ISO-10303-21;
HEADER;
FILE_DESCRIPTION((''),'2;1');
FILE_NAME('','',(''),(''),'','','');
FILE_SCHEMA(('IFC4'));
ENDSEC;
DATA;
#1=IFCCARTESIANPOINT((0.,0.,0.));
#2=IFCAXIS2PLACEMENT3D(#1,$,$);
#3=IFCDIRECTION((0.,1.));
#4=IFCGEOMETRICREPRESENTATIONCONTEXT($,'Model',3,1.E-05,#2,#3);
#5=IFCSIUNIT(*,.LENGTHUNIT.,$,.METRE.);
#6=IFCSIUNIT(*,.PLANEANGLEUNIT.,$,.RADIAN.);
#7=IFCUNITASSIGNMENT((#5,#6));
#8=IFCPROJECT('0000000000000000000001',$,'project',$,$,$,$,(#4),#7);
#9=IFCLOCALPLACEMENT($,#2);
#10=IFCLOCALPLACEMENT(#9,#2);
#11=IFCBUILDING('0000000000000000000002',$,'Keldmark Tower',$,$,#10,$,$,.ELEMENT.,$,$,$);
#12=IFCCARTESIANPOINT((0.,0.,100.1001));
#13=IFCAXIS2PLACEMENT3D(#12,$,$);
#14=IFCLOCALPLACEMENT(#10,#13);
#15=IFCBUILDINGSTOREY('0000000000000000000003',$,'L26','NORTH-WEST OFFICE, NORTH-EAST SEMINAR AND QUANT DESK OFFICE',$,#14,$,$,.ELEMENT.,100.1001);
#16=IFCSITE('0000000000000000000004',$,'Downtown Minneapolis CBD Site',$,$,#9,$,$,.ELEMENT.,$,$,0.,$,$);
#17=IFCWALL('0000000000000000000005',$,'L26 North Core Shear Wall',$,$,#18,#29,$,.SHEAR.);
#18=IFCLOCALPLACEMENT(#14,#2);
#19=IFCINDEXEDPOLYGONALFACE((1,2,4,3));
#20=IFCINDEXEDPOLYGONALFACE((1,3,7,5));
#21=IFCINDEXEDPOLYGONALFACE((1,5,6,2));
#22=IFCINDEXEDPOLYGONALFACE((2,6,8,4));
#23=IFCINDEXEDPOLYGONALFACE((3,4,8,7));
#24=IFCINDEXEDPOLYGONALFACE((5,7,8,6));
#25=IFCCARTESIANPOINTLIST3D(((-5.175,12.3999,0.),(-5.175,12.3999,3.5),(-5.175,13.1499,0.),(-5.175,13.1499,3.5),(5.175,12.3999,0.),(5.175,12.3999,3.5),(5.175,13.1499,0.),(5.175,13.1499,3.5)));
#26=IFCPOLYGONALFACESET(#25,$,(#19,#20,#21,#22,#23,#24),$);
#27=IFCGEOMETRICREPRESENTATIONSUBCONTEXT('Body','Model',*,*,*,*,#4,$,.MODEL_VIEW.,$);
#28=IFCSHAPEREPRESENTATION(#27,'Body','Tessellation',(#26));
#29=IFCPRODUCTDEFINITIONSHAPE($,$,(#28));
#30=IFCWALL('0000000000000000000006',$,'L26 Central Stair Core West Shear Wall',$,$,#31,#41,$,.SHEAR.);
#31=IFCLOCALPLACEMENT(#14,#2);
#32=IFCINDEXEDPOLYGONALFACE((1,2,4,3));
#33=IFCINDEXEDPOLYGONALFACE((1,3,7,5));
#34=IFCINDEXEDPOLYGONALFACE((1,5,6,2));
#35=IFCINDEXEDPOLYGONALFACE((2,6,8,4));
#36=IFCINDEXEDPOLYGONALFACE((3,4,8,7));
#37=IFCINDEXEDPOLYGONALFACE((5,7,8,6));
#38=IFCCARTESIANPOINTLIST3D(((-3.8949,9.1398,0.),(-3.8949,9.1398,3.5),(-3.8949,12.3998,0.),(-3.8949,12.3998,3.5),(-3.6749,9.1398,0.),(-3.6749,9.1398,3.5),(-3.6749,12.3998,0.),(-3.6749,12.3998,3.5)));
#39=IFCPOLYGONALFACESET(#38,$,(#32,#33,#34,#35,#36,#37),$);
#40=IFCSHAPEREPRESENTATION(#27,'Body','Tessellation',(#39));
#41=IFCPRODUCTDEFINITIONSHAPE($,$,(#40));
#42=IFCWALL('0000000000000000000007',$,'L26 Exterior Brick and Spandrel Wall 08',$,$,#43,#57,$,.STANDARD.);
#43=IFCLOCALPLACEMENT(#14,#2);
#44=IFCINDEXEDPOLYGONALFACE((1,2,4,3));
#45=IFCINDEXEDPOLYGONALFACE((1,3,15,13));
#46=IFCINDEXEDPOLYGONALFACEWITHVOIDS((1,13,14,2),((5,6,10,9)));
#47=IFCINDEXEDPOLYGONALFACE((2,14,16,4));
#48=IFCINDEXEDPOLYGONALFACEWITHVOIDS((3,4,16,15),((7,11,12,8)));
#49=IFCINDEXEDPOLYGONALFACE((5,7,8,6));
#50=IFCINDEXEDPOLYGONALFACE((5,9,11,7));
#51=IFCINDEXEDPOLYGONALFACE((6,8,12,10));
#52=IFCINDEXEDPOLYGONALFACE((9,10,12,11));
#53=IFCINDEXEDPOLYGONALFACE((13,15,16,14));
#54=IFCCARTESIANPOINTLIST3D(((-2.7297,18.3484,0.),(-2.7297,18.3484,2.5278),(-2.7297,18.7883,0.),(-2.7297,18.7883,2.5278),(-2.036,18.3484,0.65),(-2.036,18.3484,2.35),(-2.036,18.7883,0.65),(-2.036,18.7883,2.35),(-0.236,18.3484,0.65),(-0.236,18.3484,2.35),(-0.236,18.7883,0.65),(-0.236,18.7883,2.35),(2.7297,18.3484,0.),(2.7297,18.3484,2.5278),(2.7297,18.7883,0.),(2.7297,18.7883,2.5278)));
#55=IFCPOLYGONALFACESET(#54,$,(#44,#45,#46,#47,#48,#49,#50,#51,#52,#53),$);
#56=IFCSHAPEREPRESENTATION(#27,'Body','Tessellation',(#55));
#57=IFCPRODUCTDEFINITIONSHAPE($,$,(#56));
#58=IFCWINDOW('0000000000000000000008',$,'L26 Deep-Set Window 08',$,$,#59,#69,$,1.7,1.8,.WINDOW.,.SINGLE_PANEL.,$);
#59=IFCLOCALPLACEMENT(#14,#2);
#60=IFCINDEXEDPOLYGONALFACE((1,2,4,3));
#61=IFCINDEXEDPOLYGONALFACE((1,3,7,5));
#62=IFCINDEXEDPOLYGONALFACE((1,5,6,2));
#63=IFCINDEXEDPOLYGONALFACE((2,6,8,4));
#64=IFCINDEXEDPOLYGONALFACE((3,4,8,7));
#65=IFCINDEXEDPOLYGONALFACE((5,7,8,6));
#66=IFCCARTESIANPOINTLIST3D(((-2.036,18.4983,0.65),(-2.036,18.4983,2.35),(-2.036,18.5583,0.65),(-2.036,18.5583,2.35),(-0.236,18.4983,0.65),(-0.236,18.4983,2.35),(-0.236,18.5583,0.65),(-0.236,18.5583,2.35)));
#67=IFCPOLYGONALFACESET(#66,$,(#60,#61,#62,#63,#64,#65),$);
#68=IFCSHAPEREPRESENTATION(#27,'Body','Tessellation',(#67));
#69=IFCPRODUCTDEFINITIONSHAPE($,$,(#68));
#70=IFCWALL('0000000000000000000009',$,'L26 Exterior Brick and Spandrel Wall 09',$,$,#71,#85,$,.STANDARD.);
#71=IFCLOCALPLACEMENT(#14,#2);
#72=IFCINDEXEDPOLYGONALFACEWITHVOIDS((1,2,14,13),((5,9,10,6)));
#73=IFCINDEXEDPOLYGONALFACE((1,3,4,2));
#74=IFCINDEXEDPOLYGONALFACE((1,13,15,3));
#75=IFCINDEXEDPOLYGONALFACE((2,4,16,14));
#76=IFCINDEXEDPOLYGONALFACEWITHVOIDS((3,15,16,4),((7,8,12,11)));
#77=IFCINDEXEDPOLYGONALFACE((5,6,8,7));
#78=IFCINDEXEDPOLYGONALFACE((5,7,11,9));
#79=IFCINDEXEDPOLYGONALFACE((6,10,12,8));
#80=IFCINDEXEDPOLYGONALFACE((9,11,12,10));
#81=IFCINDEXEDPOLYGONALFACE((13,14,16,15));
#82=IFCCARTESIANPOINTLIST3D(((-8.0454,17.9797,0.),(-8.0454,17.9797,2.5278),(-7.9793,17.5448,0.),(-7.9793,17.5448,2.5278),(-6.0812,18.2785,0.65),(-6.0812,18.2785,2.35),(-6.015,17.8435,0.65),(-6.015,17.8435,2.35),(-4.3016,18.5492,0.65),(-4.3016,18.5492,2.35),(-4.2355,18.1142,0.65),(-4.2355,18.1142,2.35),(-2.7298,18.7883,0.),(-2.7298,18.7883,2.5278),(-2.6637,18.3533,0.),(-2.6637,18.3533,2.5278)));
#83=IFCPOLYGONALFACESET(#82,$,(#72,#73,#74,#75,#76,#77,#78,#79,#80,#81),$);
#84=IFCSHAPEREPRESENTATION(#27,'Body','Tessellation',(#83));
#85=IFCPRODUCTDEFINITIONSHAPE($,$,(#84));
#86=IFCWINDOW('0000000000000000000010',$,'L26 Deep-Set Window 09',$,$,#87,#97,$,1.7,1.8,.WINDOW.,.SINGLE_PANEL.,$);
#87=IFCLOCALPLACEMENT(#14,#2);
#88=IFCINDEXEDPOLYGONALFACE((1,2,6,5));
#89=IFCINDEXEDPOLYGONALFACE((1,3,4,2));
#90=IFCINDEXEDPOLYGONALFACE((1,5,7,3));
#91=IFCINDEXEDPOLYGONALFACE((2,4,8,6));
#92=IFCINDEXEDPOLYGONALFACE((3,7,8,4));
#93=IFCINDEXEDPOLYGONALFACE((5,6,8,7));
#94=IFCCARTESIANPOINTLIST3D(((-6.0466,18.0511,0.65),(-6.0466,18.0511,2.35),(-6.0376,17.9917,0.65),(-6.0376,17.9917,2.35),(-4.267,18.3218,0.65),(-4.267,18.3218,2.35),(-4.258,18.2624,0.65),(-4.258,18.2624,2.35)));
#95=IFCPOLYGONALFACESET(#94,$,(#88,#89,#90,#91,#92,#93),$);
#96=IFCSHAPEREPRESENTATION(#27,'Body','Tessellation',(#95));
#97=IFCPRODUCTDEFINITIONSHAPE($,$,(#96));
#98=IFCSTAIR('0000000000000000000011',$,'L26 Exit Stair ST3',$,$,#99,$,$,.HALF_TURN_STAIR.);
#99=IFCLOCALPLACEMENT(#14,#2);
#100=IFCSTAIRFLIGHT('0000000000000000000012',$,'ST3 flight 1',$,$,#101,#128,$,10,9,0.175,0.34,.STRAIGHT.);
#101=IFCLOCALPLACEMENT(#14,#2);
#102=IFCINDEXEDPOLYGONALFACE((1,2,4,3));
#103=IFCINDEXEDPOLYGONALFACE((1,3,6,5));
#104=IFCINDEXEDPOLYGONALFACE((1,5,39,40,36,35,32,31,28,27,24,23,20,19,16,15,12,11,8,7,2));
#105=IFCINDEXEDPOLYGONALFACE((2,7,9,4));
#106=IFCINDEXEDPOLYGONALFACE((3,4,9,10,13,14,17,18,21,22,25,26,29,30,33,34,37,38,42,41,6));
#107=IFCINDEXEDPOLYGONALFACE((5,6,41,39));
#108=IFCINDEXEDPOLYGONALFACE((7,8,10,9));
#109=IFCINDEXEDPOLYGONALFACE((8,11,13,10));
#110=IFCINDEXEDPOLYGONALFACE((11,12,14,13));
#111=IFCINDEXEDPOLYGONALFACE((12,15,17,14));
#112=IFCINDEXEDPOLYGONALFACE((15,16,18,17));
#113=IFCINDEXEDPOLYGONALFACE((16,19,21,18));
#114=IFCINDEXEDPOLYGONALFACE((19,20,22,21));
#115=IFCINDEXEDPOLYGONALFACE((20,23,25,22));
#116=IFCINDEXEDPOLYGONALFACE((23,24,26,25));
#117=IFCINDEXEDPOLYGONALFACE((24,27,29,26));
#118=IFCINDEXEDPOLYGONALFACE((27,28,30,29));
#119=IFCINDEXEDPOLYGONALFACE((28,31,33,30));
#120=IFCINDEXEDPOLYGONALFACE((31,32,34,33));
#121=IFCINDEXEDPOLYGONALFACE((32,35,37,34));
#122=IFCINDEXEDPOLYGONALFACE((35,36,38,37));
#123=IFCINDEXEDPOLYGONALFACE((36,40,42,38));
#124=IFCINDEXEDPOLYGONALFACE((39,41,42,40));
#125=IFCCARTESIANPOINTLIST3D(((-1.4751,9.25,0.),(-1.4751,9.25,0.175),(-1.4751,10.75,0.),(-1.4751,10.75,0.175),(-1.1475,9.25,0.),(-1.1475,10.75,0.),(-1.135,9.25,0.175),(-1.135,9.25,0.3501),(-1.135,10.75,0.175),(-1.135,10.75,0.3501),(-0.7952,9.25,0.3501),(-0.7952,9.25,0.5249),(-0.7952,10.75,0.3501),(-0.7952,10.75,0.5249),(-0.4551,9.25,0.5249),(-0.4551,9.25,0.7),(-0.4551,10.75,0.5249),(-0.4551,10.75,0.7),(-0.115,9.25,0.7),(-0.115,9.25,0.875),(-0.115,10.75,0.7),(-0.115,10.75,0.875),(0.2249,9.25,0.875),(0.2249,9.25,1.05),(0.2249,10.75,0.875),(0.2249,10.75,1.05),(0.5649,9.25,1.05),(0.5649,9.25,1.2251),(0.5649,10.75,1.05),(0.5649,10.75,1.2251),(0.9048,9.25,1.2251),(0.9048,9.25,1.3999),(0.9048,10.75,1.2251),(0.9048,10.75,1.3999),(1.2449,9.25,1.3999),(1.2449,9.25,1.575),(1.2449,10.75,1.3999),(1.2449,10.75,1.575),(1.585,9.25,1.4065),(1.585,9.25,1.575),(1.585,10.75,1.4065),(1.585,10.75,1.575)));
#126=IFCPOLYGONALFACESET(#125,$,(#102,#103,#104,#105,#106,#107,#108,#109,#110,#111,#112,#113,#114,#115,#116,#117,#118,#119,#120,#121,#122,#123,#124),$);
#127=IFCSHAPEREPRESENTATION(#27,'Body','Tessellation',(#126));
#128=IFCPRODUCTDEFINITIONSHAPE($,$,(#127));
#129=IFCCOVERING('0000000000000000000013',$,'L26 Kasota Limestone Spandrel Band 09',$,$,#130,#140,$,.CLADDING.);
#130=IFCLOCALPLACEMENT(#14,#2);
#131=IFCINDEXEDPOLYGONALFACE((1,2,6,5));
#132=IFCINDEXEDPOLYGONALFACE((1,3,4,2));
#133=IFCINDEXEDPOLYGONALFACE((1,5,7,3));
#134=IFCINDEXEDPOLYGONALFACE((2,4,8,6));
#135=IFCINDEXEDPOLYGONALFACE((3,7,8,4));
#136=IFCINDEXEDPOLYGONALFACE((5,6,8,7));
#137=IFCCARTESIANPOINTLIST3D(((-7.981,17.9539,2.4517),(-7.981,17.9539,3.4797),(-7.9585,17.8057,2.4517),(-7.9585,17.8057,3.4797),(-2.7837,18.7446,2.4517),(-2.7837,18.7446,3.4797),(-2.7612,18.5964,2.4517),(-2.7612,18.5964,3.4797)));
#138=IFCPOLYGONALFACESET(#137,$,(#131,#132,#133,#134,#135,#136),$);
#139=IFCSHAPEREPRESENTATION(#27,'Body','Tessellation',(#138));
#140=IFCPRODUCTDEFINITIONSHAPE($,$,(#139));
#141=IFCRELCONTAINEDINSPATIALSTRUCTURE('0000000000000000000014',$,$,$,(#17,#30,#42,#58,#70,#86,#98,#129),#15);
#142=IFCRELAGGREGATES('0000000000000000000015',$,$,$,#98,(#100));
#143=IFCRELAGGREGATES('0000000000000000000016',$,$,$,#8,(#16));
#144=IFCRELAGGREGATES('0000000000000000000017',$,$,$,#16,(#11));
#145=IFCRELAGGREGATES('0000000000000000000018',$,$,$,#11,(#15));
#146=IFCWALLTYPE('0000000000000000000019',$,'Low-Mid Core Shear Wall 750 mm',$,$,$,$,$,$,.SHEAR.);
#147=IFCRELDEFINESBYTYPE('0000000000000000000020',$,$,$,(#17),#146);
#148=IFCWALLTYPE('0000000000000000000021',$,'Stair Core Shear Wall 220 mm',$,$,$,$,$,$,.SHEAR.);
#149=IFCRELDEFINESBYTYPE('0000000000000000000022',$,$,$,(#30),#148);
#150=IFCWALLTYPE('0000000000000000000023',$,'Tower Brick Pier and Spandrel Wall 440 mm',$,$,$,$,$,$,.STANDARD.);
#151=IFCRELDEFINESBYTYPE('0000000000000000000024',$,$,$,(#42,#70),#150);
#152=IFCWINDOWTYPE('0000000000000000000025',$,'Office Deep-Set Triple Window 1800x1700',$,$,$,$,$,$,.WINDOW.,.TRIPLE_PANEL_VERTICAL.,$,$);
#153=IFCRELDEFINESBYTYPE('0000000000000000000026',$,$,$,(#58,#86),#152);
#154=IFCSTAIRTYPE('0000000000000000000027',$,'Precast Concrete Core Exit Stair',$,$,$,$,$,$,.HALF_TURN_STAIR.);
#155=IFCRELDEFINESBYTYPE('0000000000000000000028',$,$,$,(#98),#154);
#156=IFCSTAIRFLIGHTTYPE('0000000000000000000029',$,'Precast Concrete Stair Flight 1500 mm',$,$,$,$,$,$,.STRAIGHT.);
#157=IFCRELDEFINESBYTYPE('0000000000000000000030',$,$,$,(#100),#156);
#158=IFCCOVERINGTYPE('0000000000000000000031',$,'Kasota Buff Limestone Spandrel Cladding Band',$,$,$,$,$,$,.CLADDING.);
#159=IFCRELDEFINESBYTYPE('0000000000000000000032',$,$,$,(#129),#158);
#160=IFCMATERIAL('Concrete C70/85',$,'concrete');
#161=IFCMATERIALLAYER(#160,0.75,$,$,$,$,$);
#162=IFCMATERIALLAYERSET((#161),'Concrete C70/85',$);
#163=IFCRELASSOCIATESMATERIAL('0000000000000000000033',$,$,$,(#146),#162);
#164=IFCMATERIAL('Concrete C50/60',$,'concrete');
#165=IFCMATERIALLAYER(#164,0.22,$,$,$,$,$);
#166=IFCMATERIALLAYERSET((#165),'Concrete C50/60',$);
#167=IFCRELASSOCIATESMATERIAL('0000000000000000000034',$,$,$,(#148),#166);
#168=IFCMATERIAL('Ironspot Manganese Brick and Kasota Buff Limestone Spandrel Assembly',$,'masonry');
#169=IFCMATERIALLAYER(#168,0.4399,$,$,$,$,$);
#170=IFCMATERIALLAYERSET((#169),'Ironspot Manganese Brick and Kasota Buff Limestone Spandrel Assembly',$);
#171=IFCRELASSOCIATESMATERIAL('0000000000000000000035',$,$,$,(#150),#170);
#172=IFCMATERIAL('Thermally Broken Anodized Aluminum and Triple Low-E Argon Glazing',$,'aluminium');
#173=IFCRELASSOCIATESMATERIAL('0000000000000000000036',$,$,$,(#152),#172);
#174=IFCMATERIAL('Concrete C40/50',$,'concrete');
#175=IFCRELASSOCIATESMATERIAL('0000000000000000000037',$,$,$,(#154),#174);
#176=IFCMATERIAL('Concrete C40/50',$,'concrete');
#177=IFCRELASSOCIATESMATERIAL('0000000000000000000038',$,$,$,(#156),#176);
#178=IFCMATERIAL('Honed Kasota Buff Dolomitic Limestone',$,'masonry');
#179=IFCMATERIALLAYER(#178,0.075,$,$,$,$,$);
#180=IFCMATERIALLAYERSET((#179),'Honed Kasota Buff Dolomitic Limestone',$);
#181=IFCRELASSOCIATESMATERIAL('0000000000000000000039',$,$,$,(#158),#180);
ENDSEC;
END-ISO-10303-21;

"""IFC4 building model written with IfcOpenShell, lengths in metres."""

from ifc_helpers import new_model, si_unit, direction, frame, frame_2d, origin, origin_2d, place, context, subcontext, project, spatial, polyline, rectangle, outline, extrude, material, layer, layer_set, type_object, element, fill, aggregate, save


model = new_model("IFC4")

# Units and contexts
model_context = context("Model", 3, precision=1e-05, world=origin(), true_north=direction((0.0, 1.0)))
body_context = subcontext(model_context, "Body", "Model", "MODEL_VIEW")
ifc_project = project(units=[si_unit("LENGTHUNIT", "METRE"), si_unit("PLANEANGLEUNIT", "RADIAN")], contexts=[model_context])

# Site, building, storey
site_placement = place(None, origin())
site = spatial("IfcSite", under=ifc_project, at=site_placement, Name="Downtown Minneapolis CBD Site", CompositionType="ELEMENT", RefElevation=0.0)
building_placement = place(site_placement, origin())
building = spatial("IfcBuilding", under=site, at=building_placement, Name="Keldmark Tower", CompositionType="ELEMENT")
storey_placement = place(building_placement, frame((0.0, 0.0, 100.1001)))
storey = spatial("IfcBuildingStorey", under=building, at=storey_placement, Name="L26", Description="NORTH-WEST OFFICE, NORTH-EAST SEMINAR AND QUANT DESK OFFICE", CompositionType="ELEMENT", Elevation=100.1001)

# Walls
ifc_material_1 = material(Name="Concrete C70/85", Category="concrete")
ifc_layer_1 = layer(ifc_material_1, 0.75)
ifc_layer_set_1 = layer_set([ifc_layer_1], Name="Concrete C70/85")
wall_type_1 = type_object("IfcWallType", Name="Low-Mid Core Shear Wall 750 mm", PredefinedType="SHEAR", material=ifc_layer_set_1)
wall_1_placement = place(storey_placement, frame((-5.175, 12.7749, 0.0), z_axis=(0.0, 0.0, 1.0), x_axis=(1.0, 0.0, 0.0)))
element("IfcWall", 1, at=wall_1_placement, inside=storey, type_object=wall_type_1, Name="L26 North Core Shear Wall", PredefinedType="SHEAR", context=body_context, shape_type="SweptSolid", body=[
    extrude(rectangle(XDim=10.3501, YDim=0.75, at=frame_2d((5.175, 0.0))), origin(), (0.0, 0.0, 1.0), 3.5),
])
ifc_material_2 = material(Name="Concrete C50/60", Category="concrete")
ifc_layer_2 = layer(ifc_material_2, 0.22)
ifc_layer_set_2 = layer_set([ifc_layer_2], Name="Concrete C50/60")
wall_type_2 = type_object("IfcWallType", Name="Stair Core Shear Wall 220 mm", PredefinedType="SHEAR", material=ifc_layer_set_2)
wall_2_placement = place(storey_placement, frame((-3.7849, 9.1399, 0.0), z_axis=(0.0, 0.0, 1.0), x_axis=(0.0, 1.0, 0.0)))
element("IfcWall", 2, at=wall_2_placement, inside=storey, type_object=wall_type_2, Name="L26 Central Stair Core West Shear Wall", PredefinedType="SHEAR", context=body_context, shape_type="SweptSolid", body=[
    extrude(rectangle(XDim=3.26, YDim=0.22, at=frame_2d((1.6299, 0.0))), origin(), (0.0, 0.0, 1.0), 3.5),
])

# Walls, openings, windows
ifc_material_3 = material(Name="Ironspot Manganese Brick and Kasota Buff Limestone Spandrel Assembly", Category="masonry")
ifc_layer_3 = layer(ifc_material_3, 0.4399)
ifc_layer_set_3 = layer_set([ifc_layer_3], Name="Ironspot Manganese Brick and Kasota Buff Limestone Spandrel Assembly")
wall_type_3 = type_object("IfcWallType", Name="Tower Brick Pier and Spandrel Wall 440 mm", PredefinedType="STANDARD", material=ifc_layer_set_3)
wall_3_placement = place(storey_placement, frame((-2.7297, 18.5684, 0.0), z_axis=(0.0, 0.0, 1.0), x_axis=(1.0, 0.0, 0.0)))
wall_3 = element("IfcWall", 3, at=wall_3_placement, inside=storey, type_object=wall_type_3, Name="L26 Exterior Brick and Spandrel Wall 08", PredefinedType="STANDARD", context=body_context, shape_type="SweptSolid", body=[
    extrude(rectangle(XDim=5.4595, YDim=0.4399, at=frame_2d((2.7297, 0.0))), origin(), (0.0, 0.0, 1.0), 2.5278),
])
opening_1_placement = place(wall_3_placement, frame((0.6938, 0.0, 0.6499)))
opening_1 = element("IfcOpeningElement", 4, at=opening_1_placement, cuts=wall_3, PredefinedType="OPENING", context=body_context, shape_type="SweptSolid", body=[
    extrude(rectangle(XDim=1.8, YDim=1.7, at=frame_2d((0.8999, 0.8501))), frame((0.0, 0.23, 0.0), z_axis=(0.0, -1.0, 0.0), x_axis=(1.0, 0.0, 0.0)), (0.0, 0.0, 1.0), 0.46),
])
ifc_material_4 = material(Name="Thermally Broken Anodized Aluminum and Triple Low-E Argon Glazing", Category="aluminium")
window_type = type_object("IfcWindowType", Name="Office Deep-Set Triple Window 1800x1700", PartitioningType="TRIPLE_PANEL_VERTICAL", PredefinedType="WINDOW", material=ifc_material_4)
window_1_placement = place(opening_1_placement, origin())
window_1 = element("IfcWindow", 5, at=window_1_placement, inside=storey, type_object=window_type, Name="L26 Deep-Set Window 08", OverallHeight=1.7, OverallWidth=1.8, PartitioningType="SINGLE_PANEL", PredefinedType="WINDOW", context=body_context, shape_type="SweptSolid", body=[
    extrude(rectangle(XDim=1.8, YDim=1.7, at=frame_2d((0.8999, 0.8501))), frame((0.0, -0.01, 0.0), z_axis=(0.0, -1.0, 0.0), x_axis=(1.0, 0.0, 0.0)), (0.0, 0.0, 1.0), 0.0601),
])
fill(opening_1, window_1)
wall_4_placement = place(storey_placement, frame((-8.0125, 17.7622, 0.0), z_axis=(0.0, 0.0, 1.0), x_axis=(0.988627, 0.150385, 0.0)))
wall_4 = element("IfcWall", 6, at=wall_4_placement, inside=storey, type_object=wall_type_3, Name="L26 Exterior Brick and Spandrel Wall 09", PredefinedType="STANDARD", context=body_context, shape_type="SweptSolid", body=[
    extrude(rectangle(XDim=5.3767, YDim=0.4399, at=frame_2d((2.6885, 0.0))), origin(), (0.0, 0.0, 1.0), 2.5278),
])
opening_2_placement = place(wall_4_placement, frame((1.9871, 0.0, 0.6499)))
opening_2 = element("IfcOpeningElement", 7, at=opening_2_placement, cuts=wall_4, PredefinedType="OPENING", context=body_context, shape_type="SweptSolid", body=[
    extrude(rectangle(XDim=1.8, YDim=1.7, at=frame_2d((0.8999, 0.8501))), frame((0.0, 0.23, 0.0), z_axis=(0.0, -1.0, 0.0), x_axis=(1.0, 0.0, 0.0)), (0.0, 0.0, 1.0), 0.46),
])
window_2_placement = place(opening_2_placement, origin())
window_2 = element("IfcWindow", 8, at=window_2_placement, inside=storey, type_object=window_type, Name="L26 Deep-Set Window 09", OverallHeight=1.7, OverallWidth=1.8, PartitioningType="SINGLE_PANEL", PredefinedType="WINDOW", context=body_context, shape_type="SweptSolid", body=[
    extrude(rectangle(XDim=1.8, YDim=1.7, at=frame_2d((0.8999, 0.8501))), frame((0.0, -0.01, 0.0), z_axis=(0.0, -1.0, 0.0), x_axis=(1.0, 0.0, 0.0)), (0.0, 0.0, 1.0), 0.0601),
])
fill(opening_2, window_2)

# Stair, stair flight
ifc_material_5 = material(Name="Concrete C40/50", Category="concrete")
stair_type = type_object("IfcStairType", Name="Precast Concrete Core Exit Stair", PredefinedType="HALF_TURN_STAIR", material=ifc_material_5)
stair_placement = place(storey_placement, origin())
stair = element("IfcStair", 9, at=stair_placement, inside=storey, type_object=stair_type, Name="L26 Exit Stair ST3", PredefinedType="HALF_TURN_STAIR")
ifc_material_6 = material(Name="Concrete C40/50", Category="concrete")
stair_flight_type = type_object("IfcStairFlightType", Name="Precast Concrete Stair Flight 1500 mm", PredefinedType="STRAIGHT", material=ifc_material_6)
stair_flight_placement = place(storey_placement, frame((-1.4751, 10.0, 0.0), z_axis=(0.0, 0.0, 1.0), x_axis=(1.0, 0.0, 0.0)))
stair_flight = element("IfcStairFlight", 10, at=stair_flight_placement, type_object=stair_flight_type, Name="ST3 flight 1", NumberOfRisers=10, NumberOfTreads=9, PredefinedType="STRAIGHT", RiserHeight=0.175, TreadLength=0.34, context=body_context, shape_type="SweptSolid", body=[
    extrude(outline(polyline([(0.0, 0.0), (0.0, 0.175), (0.3401, 0.175), (0.3401, 0.3501), (0.6799, 0.3501), (0.6799, 0.5249), (1.02, 0.5249), (1.02, 0.7), (1.3601, 0.7), (1.3601, 0.875), (1.7, 0.875), (1.7, 1.05), (2.04, 1.05), (2.04, 1.2251), (2.3799, 1.2251), (2.3799, 1.3999), (2.72, 1.3999), (2.72, 1.575), (3.0601, 1.575), (3.0601, 1.75), (3.0601, 1.4065), (0.3276, 0.0), (0.0, 0.0)])), frame((0.0, 0.75, 0.0), z_axis=(0.0, -1.0, 0.0), x_axis=(1.0, 0.0, 0.0)), (0.0, 0.0, 1.0), 1.5),
])
aggregate(stair, [stair_flight])

# Covering
ifc_material_7 = material(Name="Honed Kasota Buff Dolomitic Limestone", Category="masonry")
ifc_layer_4 = layer(ifc_material_7, 0.075)
ifc_layer_set_4 = layer_set([ifc_layer_4], Name="Honed Kasota Buff Dolomitic Limestone")
covering_type = type_object("IfcCoveringType", Name="Kasota Buff Limestone Spandrel Cladding Band", PredefinedType="CLADDING", material=ifc_layer_set_4)
covering_placement = place(storey_placement, frame((-5.3711, 18.2751, 2.4517), z_axis=(0.0, 0.0, 1.0), x_axis=(-0.988623, -0.150415, 0.0)))
element("IfcCovering", 11, at=covering_placement, inside=storey, type_object=covering_type, Name="L26 Kasota Limestone Spandrel Band 09", PredefinedType="CLADDING", context=body_context, shape_type="SweptSolid", body=[
    extrude(rectangle(XDim=5.2571, YDim=0.1499, at=origin_2d()), origin(), (0.0, 0.0, 1.0), 1.0281),
])

save(model, "model.ifc")
